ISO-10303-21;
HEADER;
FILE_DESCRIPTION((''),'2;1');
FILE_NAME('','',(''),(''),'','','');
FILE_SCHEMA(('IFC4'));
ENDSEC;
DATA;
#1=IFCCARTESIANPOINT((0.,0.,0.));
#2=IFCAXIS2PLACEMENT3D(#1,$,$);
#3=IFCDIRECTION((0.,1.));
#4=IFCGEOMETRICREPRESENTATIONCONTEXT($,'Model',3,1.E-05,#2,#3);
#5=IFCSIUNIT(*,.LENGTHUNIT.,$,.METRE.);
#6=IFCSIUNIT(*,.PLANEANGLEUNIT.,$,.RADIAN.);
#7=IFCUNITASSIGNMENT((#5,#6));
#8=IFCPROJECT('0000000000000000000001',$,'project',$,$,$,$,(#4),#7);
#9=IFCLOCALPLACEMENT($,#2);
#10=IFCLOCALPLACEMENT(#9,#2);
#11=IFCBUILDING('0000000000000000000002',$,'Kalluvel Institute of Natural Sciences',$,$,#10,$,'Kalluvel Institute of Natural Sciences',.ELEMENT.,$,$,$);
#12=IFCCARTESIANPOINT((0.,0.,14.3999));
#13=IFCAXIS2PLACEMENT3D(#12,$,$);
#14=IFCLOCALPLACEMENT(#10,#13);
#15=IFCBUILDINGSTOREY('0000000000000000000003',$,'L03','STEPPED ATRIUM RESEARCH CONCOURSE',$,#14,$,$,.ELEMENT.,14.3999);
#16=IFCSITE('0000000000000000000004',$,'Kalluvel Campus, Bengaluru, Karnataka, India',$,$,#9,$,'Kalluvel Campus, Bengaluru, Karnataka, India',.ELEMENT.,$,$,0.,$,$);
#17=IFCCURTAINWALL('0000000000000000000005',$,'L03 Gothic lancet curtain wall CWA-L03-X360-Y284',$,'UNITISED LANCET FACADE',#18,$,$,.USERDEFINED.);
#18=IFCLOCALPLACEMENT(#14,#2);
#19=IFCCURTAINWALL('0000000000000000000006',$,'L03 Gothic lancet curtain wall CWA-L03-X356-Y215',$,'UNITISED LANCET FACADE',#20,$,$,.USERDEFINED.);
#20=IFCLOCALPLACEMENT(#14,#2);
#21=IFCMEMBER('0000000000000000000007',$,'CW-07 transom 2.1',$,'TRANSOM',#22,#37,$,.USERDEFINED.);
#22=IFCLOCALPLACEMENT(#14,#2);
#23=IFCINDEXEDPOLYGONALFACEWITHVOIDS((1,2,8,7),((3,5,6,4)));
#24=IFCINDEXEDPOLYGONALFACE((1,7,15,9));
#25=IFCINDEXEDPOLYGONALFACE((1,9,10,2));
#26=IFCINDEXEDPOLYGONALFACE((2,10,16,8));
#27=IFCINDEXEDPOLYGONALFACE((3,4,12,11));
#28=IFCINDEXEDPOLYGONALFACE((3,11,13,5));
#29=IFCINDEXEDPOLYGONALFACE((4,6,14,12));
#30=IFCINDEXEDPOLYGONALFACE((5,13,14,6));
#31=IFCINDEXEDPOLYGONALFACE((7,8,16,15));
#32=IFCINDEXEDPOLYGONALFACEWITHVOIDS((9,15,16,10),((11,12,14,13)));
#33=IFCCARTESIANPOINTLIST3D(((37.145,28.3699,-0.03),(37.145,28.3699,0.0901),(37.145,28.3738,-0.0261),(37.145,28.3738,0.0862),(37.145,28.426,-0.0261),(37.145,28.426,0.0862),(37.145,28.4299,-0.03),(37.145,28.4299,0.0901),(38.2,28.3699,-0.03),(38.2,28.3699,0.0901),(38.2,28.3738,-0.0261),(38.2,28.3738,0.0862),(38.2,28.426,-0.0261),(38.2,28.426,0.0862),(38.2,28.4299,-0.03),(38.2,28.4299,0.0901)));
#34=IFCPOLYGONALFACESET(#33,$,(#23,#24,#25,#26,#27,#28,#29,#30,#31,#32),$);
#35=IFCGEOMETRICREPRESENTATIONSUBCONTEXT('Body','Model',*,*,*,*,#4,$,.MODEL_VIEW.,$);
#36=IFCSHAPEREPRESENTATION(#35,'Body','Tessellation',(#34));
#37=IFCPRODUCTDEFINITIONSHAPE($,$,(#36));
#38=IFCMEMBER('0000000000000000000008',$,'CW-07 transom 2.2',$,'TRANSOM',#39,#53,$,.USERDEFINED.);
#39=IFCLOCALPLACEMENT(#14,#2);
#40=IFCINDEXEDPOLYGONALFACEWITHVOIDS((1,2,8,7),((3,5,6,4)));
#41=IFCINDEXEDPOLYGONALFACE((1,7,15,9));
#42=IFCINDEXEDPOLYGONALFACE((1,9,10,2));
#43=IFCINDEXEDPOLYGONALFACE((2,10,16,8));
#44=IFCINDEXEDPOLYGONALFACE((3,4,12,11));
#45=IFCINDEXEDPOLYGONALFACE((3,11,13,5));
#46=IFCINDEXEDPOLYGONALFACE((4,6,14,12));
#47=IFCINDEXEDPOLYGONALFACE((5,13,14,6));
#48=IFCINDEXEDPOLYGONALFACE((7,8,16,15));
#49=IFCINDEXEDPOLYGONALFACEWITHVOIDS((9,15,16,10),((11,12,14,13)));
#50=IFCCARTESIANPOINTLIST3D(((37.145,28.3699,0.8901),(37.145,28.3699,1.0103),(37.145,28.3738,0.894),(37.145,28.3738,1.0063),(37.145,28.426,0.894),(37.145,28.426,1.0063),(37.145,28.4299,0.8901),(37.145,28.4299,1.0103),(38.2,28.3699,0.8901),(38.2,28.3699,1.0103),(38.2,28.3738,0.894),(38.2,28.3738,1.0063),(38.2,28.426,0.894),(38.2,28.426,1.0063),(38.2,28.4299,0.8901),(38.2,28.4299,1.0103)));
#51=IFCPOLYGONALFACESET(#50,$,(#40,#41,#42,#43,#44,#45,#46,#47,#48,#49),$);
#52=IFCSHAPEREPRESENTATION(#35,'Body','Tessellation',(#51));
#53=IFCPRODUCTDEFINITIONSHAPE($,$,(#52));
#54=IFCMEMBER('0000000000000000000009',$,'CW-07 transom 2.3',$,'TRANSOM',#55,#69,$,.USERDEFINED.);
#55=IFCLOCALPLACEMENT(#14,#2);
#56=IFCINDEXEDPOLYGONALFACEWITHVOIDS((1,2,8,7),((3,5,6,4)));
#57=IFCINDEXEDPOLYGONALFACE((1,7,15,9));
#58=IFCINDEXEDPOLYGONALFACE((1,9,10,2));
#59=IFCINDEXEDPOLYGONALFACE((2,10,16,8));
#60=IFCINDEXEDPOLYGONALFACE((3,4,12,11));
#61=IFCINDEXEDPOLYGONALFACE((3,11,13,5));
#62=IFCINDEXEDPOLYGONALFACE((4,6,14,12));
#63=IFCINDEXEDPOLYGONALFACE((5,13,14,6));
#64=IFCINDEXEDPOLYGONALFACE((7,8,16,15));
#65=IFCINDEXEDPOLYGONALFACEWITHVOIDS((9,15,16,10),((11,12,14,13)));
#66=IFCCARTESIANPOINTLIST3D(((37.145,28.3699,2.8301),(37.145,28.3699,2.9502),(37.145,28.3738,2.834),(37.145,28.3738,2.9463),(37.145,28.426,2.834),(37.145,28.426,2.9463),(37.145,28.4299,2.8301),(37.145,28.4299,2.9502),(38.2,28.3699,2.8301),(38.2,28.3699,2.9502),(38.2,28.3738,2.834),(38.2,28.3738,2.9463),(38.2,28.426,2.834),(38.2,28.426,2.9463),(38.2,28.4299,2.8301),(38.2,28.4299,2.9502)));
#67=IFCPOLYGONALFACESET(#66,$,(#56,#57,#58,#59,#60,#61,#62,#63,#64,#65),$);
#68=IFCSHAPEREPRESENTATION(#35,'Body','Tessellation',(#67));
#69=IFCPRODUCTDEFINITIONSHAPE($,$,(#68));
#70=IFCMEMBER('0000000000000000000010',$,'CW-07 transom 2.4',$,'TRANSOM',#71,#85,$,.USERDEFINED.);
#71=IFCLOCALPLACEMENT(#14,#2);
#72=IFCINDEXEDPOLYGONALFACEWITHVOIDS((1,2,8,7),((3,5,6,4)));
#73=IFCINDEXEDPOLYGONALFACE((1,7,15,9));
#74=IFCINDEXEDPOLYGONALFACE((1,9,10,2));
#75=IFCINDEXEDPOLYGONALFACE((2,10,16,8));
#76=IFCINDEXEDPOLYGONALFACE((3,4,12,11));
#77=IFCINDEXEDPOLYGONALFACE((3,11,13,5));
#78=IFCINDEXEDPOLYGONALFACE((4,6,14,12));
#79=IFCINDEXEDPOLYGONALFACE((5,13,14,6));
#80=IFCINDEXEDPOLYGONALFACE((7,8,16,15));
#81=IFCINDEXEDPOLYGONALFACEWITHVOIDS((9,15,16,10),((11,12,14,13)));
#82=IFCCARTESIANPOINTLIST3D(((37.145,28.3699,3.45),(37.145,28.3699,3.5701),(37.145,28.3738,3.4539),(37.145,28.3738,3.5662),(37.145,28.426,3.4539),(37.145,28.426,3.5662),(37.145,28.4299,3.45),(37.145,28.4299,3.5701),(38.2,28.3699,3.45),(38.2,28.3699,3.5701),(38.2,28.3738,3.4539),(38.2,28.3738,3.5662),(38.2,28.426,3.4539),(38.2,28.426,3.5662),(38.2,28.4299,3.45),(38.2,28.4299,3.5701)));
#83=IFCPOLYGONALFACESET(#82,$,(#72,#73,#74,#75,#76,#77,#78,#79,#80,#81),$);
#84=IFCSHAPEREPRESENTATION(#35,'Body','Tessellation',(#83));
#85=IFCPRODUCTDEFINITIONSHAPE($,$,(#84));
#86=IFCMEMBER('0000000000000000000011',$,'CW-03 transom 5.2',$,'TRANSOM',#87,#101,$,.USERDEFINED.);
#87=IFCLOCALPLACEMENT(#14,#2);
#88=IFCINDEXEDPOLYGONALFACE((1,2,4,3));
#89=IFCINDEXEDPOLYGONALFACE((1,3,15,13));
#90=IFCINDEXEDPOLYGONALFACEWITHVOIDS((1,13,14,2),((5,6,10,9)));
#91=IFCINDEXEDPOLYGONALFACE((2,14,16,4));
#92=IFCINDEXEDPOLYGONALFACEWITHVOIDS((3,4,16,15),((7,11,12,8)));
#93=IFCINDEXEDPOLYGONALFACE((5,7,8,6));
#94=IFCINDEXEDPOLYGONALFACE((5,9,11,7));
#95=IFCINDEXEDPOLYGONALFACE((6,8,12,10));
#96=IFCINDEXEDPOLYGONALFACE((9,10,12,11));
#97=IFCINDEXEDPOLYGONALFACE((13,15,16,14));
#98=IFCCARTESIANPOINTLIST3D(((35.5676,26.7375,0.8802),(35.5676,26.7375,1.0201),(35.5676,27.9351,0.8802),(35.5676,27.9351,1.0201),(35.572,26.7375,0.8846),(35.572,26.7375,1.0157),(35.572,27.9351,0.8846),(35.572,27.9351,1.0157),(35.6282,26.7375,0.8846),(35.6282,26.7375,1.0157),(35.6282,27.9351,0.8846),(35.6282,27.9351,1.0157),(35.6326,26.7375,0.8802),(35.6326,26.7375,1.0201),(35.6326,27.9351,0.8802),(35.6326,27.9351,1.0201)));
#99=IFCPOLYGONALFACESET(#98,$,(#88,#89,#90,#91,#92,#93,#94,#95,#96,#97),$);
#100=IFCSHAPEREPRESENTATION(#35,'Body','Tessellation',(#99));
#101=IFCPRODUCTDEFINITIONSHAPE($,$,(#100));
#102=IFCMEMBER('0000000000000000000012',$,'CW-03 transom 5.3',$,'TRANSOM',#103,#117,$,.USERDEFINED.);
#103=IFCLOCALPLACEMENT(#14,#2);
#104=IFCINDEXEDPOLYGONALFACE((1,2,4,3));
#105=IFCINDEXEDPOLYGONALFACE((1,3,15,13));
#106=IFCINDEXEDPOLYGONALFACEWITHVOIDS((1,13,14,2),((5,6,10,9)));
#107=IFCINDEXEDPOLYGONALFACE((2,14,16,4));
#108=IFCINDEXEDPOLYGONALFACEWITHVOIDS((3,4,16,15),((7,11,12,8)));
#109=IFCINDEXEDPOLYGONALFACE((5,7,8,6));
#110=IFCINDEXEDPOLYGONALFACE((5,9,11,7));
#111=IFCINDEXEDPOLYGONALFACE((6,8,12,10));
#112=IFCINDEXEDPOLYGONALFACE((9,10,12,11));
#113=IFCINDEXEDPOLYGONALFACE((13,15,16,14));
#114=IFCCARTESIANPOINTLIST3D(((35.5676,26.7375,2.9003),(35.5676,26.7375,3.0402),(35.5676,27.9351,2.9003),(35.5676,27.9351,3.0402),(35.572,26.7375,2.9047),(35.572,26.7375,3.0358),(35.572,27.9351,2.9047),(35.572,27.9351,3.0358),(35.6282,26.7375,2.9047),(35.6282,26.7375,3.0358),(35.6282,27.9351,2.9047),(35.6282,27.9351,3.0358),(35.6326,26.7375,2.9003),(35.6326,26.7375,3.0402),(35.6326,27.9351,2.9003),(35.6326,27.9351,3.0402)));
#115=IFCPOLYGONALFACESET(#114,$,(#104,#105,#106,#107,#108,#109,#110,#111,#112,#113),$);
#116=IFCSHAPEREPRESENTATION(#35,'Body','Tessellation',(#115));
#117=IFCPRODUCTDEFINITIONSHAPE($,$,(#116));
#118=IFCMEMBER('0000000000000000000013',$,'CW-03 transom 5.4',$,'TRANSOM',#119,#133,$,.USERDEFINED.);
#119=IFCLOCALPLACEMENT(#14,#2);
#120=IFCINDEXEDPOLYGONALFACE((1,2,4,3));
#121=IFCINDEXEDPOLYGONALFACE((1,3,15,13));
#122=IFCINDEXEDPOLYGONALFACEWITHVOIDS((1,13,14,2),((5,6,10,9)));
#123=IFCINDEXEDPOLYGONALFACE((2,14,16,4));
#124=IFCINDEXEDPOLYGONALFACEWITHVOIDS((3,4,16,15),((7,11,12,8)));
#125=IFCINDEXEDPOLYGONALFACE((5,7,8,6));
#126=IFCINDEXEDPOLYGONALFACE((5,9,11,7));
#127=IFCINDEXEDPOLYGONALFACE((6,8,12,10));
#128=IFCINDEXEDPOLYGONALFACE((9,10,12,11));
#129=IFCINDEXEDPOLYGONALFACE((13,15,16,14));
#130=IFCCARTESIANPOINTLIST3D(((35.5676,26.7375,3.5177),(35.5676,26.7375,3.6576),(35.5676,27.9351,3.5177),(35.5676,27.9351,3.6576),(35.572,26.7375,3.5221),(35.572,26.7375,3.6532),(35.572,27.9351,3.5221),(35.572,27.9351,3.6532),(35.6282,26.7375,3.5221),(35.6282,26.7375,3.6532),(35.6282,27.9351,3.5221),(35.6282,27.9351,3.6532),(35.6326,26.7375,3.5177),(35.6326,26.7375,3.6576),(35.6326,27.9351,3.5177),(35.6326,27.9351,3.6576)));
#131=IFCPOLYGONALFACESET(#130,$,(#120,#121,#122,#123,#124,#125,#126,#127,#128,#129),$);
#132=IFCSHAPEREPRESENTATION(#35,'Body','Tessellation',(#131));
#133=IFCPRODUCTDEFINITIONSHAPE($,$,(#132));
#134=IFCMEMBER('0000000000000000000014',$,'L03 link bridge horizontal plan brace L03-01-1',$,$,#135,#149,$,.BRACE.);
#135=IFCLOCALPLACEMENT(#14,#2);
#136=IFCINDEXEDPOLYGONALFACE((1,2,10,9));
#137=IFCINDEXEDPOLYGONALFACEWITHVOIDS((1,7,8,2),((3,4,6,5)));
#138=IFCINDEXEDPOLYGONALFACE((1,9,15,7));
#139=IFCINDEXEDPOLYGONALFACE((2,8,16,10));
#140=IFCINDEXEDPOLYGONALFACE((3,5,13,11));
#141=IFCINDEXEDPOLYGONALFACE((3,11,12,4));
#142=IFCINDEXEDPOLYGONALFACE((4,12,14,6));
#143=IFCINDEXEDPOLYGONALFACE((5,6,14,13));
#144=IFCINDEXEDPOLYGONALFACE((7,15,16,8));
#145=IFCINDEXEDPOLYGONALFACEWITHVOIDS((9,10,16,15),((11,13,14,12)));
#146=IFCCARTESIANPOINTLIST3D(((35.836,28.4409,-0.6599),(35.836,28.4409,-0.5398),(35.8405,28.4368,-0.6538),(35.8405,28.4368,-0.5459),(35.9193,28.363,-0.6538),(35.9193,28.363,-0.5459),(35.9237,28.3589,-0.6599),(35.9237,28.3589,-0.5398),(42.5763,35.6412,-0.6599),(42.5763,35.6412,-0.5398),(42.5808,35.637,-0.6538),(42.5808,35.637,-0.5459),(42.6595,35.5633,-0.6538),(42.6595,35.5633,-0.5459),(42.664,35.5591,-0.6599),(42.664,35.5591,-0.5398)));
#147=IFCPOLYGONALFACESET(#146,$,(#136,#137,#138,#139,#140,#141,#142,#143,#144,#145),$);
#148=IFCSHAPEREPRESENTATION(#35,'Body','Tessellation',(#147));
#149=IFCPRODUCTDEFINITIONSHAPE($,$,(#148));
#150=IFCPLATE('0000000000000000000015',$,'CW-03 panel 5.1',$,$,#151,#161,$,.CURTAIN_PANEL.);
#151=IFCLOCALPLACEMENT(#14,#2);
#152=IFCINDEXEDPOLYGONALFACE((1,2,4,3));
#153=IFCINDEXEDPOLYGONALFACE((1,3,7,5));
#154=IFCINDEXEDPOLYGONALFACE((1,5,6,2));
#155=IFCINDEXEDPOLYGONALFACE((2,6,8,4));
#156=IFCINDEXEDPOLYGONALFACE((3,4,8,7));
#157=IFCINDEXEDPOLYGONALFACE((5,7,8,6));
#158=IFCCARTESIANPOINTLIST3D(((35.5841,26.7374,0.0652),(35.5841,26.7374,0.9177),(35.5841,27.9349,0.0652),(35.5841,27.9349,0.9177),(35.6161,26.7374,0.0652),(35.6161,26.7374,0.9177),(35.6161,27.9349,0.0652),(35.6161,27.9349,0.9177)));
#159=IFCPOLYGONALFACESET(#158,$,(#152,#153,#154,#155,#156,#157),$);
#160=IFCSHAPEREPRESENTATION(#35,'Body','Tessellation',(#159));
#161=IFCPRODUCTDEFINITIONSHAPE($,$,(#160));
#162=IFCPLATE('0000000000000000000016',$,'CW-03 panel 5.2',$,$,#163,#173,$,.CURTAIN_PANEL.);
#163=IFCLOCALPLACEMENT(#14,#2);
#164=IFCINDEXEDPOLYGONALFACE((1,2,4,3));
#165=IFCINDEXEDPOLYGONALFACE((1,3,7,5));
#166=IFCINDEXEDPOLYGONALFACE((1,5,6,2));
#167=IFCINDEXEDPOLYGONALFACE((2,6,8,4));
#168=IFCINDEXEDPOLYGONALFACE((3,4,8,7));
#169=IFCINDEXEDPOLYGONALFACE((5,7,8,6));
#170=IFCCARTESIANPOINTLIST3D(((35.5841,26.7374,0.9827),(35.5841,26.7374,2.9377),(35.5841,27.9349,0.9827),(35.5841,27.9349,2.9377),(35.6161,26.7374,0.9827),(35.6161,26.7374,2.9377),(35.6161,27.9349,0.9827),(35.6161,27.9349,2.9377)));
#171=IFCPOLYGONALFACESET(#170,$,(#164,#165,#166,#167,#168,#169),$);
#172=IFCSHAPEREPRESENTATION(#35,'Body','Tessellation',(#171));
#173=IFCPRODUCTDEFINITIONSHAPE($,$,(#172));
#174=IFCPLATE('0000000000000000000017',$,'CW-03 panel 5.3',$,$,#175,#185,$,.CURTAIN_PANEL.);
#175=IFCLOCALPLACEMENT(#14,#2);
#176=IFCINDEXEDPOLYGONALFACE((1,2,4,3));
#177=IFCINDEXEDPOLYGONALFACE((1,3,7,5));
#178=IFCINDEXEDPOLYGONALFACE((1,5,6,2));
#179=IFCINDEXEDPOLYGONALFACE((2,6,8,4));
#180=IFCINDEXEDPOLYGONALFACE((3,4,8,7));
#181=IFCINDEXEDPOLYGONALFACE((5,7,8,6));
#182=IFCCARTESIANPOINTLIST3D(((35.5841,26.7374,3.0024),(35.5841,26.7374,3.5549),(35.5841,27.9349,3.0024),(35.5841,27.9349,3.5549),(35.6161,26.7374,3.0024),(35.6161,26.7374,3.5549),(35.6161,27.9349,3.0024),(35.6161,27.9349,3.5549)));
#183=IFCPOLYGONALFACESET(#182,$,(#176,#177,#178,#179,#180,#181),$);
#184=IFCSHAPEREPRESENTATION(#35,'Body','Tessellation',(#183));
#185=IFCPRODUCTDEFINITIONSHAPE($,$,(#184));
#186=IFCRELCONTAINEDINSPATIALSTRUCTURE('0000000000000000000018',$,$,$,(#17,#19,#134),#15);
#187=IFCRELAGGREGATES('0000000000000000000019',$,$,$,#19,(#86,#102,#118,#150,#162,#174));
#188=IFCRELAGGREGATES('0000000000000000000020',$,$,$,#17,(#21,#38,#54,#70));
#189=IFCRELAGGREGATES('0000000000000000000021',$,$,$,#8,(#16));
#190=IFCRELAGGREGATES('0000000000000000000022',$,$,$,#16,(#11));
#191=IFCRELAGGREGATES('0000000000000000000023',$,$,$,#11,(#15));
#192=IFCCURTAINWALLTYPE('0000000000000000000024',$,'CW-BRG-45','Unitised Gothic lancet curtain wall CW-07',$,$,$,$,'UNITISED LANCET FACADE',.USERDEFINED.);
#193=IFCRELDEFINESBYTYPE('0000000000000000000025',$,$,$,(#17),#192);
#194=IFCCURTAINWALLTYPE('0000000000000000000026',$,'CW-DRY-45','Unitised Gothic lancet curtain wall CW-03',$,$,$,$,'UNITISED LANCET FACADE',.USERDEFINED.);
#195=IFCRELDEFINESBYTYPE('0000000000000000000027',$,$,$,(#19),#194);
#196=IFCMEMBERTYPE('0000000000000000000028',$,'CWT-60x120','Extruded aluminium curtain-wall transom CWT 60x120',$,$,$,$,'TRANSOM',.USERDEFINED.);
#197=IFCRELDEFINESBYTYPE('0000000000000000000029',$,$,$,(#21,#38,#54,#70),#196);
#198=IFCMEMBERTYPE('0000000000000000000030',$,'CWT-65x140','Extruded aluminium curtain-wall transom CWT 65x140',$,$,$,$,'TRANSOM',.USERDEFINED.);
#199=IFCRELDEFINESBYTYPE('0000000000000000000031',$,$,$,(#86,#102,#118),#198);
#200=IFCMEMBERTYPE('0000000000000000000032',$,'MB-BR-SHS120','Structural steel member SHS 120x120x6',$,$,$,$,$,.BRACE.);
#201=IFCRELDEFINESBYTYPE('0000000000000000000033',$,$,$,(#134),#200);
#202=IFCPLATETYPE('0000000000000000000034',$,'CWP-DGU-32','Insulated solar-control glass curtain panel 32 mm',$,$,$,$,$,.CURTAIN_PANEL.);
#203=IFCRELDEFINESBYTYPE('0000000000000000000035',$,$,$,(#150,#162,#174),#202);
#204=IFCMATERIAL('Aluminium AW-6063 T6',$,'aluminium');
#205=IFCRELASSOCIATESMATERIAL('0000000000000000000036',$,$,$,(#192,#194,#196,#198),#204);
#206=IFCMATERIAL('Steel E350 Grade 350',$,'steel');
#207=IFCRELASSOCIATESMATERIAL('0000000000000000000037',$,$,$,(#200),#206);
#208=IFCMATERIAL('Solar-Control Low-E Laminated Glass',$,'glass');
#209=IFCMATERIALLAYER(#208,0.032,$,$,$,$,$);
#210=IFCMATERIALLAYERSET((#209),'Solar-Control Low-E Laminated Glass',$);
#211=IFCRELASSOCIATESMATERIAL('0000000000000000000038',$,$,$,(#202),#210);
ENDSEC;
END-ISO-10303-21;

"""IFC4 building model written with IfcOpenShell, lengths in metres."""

from ifc_helpers import new_model, si_unit, direction, frame, origin, origin_2d, place, context, subcontext, project, spatial, rectangle, hollow_rectangle, extrude, material, layer, layer_set, material_profile, profile_set, type_object, element, aggregate, save


model = new_model("IFC4")

# Units and contexts
model_context = context("Model", 3, precision=1e-05, world=origin(), true_north=direction((0.0, 1.0)))
body_context = subcontext(model_context, "Body", "Model", "MODEL_VIEW")
ifc_project = project(units=[si_unit("LENGTHUNIT", "METRE"), si_unit("PLANEANGLEUNIT", "RADIAN")], contexts=[model_context])

# Site, building, storey
site_placement = place(None, origin())
site = spatial("IfcSite", under=ifc_project, at=site_placement, Name="Kalluvel Campus, Bengaluru, Karnataka, India", LongName="Kalluvel Campus, Bengaluru, Karnataka, India", CompositionType="ELEMENT", RefElevation=0.0)
building_placement = place(site_placement, origin())
building = spatial("IfcBuilding", under=site, at=building_placement, Name="Kalluvel Institute of Natural Sciences", LongName="Kalluvel Institute of Natural Sciences", CompositionType="ELEMENT")
storey_placement = place(building_placement, frame((0.0, 0.0, 14.3999)))
storey = spatial("IfcBuildingStorey", under=building, at=storey_placement, Name="L03", Description="STEPPED ATRIUM RESEARCH CONCOURSE", CompositionType="ELEMENT", Elevation=14.3999)

# Shared definitions
ifc_material_1 = material(Name="Steel E350 Grade 350", Category="steel")

# Curtain wall
ifc_material_2 = material(Name="Aluminium AW-6063 T6", Category="aluminium")
curtain_wall_type_1 = type_object("IfcCurtainWallType", Name="CW-BRG-45", Description="Unitised Gothic lancet curtain wall CW-07", ElementType="UNITISED LANCET FACADE", PredefinedType="USERDEFINED", material=ifc_material_2)
curtain_wall_1_placement = place(storey_placement, origin())
curtain_wall_1 = element("IfcCurtainWall", 1, at=curtain_wall_1_placement, inside=storey, type_object=curtain_wall_type_1, Name="L03 Gothic lancet curtain wall CWA-L03-X360-Y284", ObjectType="UNITISED LANCET FACADE", PredefinedType="USERDEFINED")

# Curtain wall
curtain_wall_type_2 = type_object("IfcCurtainWallType", Name="CW-DRY-45", Description="Unitised Gothic lancet curtain wall CW-03", ElementType="UNITISED LANCET FACADE", PredefinedType="USERDEFINED", material=ifc_material_2)
curtain_wall_2_placement = place(storey_placement, origin())
curtain_wall_2 = element("IfcCurtainWall", 2, at=curtain_wall_2_placement, inside=storey, type_object=curtain_wall_type_2, Name="L03 Gothic lancet curtain wall CWA-L03-X356-Y215", ObjectType="UNITISED LANCET FACADE", PredefinedType="USERDEFINED")

# Members
ifc_material_profile_1 = material_profile(ifc_material_2, hollow_rectangle(XDim=0.0601, YDim=0.1201, WallThickness=0.0039, at=origin_2d()), Name="CWT 60x120")
ifc_profile_set_1 = profile_set([ifc_material_profile_1], Name="Aluminium AW-6063 T6")
member_type_1 = type_object("IfcMemberType", Name="CWT-60x120", Description="Extruded aluminium curtain-wall transom CWT 60x120", ElementType="TRANSOM", PredefinedType="USERDEFINED", material=ifc_profile_set_1)
member_1_placement = place(storey_placement, frame((37.145, 28.3999, 0.03), z_axis=(1.0, 0.0, 0.0), x_axis=(0.0, 1.0, 0.0)))
member_1 = element("IfcMember", 3, at=member_1_placement, type_object=member_type_1, Name="CW-07 transom 2.1", ObjectType="TRANSOM", PredefinedType="USERDEFINED", context=body_context, shape_type="SweptSolid", body=[
    extrude(hollow_rectangle(XDim=0.0601, YDim=0.1201, WallThickness=0.0039, at=origin_2d()), origin(), (0.0, 0.0, 1.0), 1.0549),
])
member_2_placement = place(storey_placement, frame((37.145, 28.3999, 0.9502), z_axis=(1.0, 0.0, 0.0), x_axis=(0.0, 1.0, 0.0)))
member_2 = element("IfcMember", 4, at=member_2_placement, type_object=member_type_1, Name="CW-07 transom 2.2", ObjectType="TRANSOM", PredefinedType="USERDEFINED", context=body_context, shape_type="SweptSolid", body=[
    extrude(hollow_rectangle(XDim=0.0601, YDim=0.1201, WallThickness=0.0039, at=origin_2d()), origin(), (0.0, 0.0, 1.0), 1.0549),
])
member_3_placement = place(storey_placement, frame((37.145, 28.3999, 2.8901), z_axis=(1.0, 0.0, 0.0), x_axis=(0.0, 1.0, 0.0)))
member_3 = element("IfcMember", 5, at=member_3_placement, type_object=member_type_1, Name="CW-07 transom 2.3", ObjectType="TRANSOM", PredefinedType="USERDEFINED", context=body_context, shape_type="SweptSolid", body=[
    extrude(hollow_rectangle(XDim=0.0601, YDim=0.1201, WallThickness=0.0039, at=origin_2d()), origin(), (0.0, 0.0, 1.0), 1.0549),
])
member_4_placement = place(storey_placement, frame((37.145, 28.3999, 3.51), z_axis=(1.0, 0.0, 0.0), x_axis=(0.0, 1.0, 0.0)))
member_4 = element("IfcMember", 6, at=member_4_placement, type_object=member_type_1, Name="CW-07 transom 2.4", ObjectType="TRANSOM", PredefinedType="USERDEFINED", context=body_context, shape_type="SweptSolid", body=[
    extrude(hollow_rectangle(XDim=0.0601, YDim=0.1201, WallThickness=0.0039, at=origin_2d()), origin(), (0.0, 0.0, 1.0), 1.0549),
])
ifc_material_profile_2 = material_profile(ifc_material_2, hollow_rectangle(XDim=0.0649, YDim=0.1399, WallThickness=0.0044, at=origin_2d()), Name="CWT 65x140")
ifc_profile_set_2 = profile_set([ifc_material_profile_2], Name="Aluminium AW-6063 T6")
member_type_2 = type_object("IfcMemberType", Name="CWT-65x140", Description="Extruded aluminium curtain-wall transom CWT 65x140", ElementType="TRANSOM", PredefinedType="USERDEFINED", material=ifc_profile_set_2)
member_5_placement = place(storey_placement, frame((35.6001, 26.7375, 0.9502), z_axis=(0.0, 1.0, 0.0), x_axis=(-1.0, 0.0, 0.0)))
member_5 = element("IfcMember", 7, at=member_5_placement, type_object=member_type_2, Name="CW-03 transom 5.2", ObjectType="TRANSOM", PredefinedType="USERDEFINED", context=body_context, shape_type="SweptSolid", body=[
    extrude(hollow_rectangle(XDim=0.0649, YDim=0.1399, WallThickness=0.0044, at=origin_2d()), origin(), (0.0, 0.0, 1.0), 1.1975),
])
member_6_placement = place(storey_placement, frame((35.6001, 26.7375, 2.9702), z_axis=(0.0, 1.0, 0.0), x_axis=(-1.0, 0.0, 0.0)))
member_6 = element("IfcMember", 8, at=member_6_placement, type_object=member_type_2, Name="CW-03 transom 5.3", ObjectType="TRANSOM", PredefinedType="USERDEFINED", context=body_context, shape_type="SweptSolid", body=[
    extrude(hollow_rectangle(XDim=0.0649, YDim=0.1399, WallThickness=0.0044, at=origin_2d()), origin(), (0.0, 0.0, 1.0), 1.1975),
])
member_7_placement = place(storey_placement, frame((35.6001, 26.7375, 3.5876), z_axis=(0.0, 1.0, 0.0), x_axis=(-1.0, 0.0, 0.0)))
member_7 = element("IfcMember", 9, at=member_7_placement, type_object=member_type_2, Name="CW-03 transom 5.4", ObjectType="TRANSOM", PredefinedType="USERDEFINED", context=body_context, shape_type="SweptSolid", body=[
    extrude(hollow_rectangle(XDim=0.0649, YDim=0.1399, WallThickness=0.0044, at=origin_2d()), origin(), (0.0, 0.0, 1.0), 1.1975),
])
ifc_material_profile_3 = material_profile(ifc_material_1, hollow_rectangle(XDim=0.1201, YDim=0.1201, WallThickness=0.0061, at=origin_2d()), Name="SHS 120x120x6")
ifc_profile_set_3 = profile_set([ifc_material_profile_3], Name="Steel E350 Grade 350")
member_type_3 = type_object("IfcMemberType", Name="MB-BR-SHS120", Description="Structural steel member SHS 120x120x6", PredefinedType="BRACE", material=ifc_profile_set_3)
member_8_placement = place(storey_placement, frame((35.8799, 28.3999, -0.5999), z_axis=(0.683404, 0.73004, 0.0), x_axis=(-0.73004, 0.683404, 0.0)))
element("IfcMember", 10, at=member_8_placement, inside=storey, type_object=member_type_3, Name="L03 link bridge horizontal plan brace L03-01-1", PredefinedType="BRACE", context=body_context, shape_type="SweptSolid", body=[
    extrude(hollow_rectangle(XDim=0.1201, YDim=0.1201, WallThickness=0.0061, at=origin_2d()), origin(), (0.0, 0.0, 1.0), 9.8628),
])

# Plates
ifc_material_3 = material(Name="Solar-Control Low-E Laminated Glass", Category="glass")
ifc_layer = layer(ifc_material_3, 0.032)
ifc_layer_set = layer_set([ifc_layer], Name="Solar-Control Low-E Laminated Glass")
plate_type = type_object("IfcPlateType", Name="CWP-DGU-32", Description="Insulated solar-control glass curtain panel 32 mm", PredefinedType="CURTAIN_PANEL", material=ifc_layer_set)
plate_1_placement = place(storey_placement, frame((35.6001, 27.3362, 0.0652), z_axis=(0.0, 0.0, 1.0), x_axis=(0.0, 1.0, 0.0)))
plate_1 = element("IfcPlate", 11, at=plate_1_placement, type_object=plate_type, Name="CW-03 panel 5.1", PredefinedType="CURTAIN_PANEL", context=body_context, shape_type="SweptSolid", body=[
    extrude(rectangle(XDim=1.1975, YDim=0.032, at=origin_2d()), origin(), (0.0, 0.0, 1.0), 0.8525),
])
plate_2_placement = place(storey_placement, frame((35.6001, 27.3362, 0.9827), z_axis=(0.0, 0.0, 1.0), x_axis=(0.0, 1.0, 0.0)))
plate_2 = element("IfcPlate", 12, at=plate_2_placement, type_object=plate_type, Name="CW-03 panel 5.2", PredefinedType="CURTAIN_PANEL", context=body_context, shape_type="SweptSolid", body=[
    extrude(rectangle(XDim=1.1975, YDim=0.032, at=origin_2d()), origin(), (0.0, 0.0, 1.0), 1.9551),
])
plate_3_placement = place(storey_placement, frame((35.6001, 27.3362, 3.0024), z_axis=(0.0, 0.0, 1.0), x_axis=(0.0, 1.0, 0.0)))
plate_3 = element("IfcPlate", 13, at=plate_3_placement, type_object=plate_type, Name="CW-03 panel 5.3", PredefinedType="CURTAIN_PANEL", context=body_context, shape_type="SweptSolid", body=[
    extrude(rectangle(XDim=1.1975, YDim=0.032, at=origin_2d()), origin(), (0.0, 0.0, 1.0), 0.5525),
])
aggregate(curtain_wall_2, [member_5, member_6, member_7, plate_1, plate_2, plate_3])
aggregate(curtain_wall_1, [member_1, member_2, member_3, member_4])

save(model, "model.ifc")
